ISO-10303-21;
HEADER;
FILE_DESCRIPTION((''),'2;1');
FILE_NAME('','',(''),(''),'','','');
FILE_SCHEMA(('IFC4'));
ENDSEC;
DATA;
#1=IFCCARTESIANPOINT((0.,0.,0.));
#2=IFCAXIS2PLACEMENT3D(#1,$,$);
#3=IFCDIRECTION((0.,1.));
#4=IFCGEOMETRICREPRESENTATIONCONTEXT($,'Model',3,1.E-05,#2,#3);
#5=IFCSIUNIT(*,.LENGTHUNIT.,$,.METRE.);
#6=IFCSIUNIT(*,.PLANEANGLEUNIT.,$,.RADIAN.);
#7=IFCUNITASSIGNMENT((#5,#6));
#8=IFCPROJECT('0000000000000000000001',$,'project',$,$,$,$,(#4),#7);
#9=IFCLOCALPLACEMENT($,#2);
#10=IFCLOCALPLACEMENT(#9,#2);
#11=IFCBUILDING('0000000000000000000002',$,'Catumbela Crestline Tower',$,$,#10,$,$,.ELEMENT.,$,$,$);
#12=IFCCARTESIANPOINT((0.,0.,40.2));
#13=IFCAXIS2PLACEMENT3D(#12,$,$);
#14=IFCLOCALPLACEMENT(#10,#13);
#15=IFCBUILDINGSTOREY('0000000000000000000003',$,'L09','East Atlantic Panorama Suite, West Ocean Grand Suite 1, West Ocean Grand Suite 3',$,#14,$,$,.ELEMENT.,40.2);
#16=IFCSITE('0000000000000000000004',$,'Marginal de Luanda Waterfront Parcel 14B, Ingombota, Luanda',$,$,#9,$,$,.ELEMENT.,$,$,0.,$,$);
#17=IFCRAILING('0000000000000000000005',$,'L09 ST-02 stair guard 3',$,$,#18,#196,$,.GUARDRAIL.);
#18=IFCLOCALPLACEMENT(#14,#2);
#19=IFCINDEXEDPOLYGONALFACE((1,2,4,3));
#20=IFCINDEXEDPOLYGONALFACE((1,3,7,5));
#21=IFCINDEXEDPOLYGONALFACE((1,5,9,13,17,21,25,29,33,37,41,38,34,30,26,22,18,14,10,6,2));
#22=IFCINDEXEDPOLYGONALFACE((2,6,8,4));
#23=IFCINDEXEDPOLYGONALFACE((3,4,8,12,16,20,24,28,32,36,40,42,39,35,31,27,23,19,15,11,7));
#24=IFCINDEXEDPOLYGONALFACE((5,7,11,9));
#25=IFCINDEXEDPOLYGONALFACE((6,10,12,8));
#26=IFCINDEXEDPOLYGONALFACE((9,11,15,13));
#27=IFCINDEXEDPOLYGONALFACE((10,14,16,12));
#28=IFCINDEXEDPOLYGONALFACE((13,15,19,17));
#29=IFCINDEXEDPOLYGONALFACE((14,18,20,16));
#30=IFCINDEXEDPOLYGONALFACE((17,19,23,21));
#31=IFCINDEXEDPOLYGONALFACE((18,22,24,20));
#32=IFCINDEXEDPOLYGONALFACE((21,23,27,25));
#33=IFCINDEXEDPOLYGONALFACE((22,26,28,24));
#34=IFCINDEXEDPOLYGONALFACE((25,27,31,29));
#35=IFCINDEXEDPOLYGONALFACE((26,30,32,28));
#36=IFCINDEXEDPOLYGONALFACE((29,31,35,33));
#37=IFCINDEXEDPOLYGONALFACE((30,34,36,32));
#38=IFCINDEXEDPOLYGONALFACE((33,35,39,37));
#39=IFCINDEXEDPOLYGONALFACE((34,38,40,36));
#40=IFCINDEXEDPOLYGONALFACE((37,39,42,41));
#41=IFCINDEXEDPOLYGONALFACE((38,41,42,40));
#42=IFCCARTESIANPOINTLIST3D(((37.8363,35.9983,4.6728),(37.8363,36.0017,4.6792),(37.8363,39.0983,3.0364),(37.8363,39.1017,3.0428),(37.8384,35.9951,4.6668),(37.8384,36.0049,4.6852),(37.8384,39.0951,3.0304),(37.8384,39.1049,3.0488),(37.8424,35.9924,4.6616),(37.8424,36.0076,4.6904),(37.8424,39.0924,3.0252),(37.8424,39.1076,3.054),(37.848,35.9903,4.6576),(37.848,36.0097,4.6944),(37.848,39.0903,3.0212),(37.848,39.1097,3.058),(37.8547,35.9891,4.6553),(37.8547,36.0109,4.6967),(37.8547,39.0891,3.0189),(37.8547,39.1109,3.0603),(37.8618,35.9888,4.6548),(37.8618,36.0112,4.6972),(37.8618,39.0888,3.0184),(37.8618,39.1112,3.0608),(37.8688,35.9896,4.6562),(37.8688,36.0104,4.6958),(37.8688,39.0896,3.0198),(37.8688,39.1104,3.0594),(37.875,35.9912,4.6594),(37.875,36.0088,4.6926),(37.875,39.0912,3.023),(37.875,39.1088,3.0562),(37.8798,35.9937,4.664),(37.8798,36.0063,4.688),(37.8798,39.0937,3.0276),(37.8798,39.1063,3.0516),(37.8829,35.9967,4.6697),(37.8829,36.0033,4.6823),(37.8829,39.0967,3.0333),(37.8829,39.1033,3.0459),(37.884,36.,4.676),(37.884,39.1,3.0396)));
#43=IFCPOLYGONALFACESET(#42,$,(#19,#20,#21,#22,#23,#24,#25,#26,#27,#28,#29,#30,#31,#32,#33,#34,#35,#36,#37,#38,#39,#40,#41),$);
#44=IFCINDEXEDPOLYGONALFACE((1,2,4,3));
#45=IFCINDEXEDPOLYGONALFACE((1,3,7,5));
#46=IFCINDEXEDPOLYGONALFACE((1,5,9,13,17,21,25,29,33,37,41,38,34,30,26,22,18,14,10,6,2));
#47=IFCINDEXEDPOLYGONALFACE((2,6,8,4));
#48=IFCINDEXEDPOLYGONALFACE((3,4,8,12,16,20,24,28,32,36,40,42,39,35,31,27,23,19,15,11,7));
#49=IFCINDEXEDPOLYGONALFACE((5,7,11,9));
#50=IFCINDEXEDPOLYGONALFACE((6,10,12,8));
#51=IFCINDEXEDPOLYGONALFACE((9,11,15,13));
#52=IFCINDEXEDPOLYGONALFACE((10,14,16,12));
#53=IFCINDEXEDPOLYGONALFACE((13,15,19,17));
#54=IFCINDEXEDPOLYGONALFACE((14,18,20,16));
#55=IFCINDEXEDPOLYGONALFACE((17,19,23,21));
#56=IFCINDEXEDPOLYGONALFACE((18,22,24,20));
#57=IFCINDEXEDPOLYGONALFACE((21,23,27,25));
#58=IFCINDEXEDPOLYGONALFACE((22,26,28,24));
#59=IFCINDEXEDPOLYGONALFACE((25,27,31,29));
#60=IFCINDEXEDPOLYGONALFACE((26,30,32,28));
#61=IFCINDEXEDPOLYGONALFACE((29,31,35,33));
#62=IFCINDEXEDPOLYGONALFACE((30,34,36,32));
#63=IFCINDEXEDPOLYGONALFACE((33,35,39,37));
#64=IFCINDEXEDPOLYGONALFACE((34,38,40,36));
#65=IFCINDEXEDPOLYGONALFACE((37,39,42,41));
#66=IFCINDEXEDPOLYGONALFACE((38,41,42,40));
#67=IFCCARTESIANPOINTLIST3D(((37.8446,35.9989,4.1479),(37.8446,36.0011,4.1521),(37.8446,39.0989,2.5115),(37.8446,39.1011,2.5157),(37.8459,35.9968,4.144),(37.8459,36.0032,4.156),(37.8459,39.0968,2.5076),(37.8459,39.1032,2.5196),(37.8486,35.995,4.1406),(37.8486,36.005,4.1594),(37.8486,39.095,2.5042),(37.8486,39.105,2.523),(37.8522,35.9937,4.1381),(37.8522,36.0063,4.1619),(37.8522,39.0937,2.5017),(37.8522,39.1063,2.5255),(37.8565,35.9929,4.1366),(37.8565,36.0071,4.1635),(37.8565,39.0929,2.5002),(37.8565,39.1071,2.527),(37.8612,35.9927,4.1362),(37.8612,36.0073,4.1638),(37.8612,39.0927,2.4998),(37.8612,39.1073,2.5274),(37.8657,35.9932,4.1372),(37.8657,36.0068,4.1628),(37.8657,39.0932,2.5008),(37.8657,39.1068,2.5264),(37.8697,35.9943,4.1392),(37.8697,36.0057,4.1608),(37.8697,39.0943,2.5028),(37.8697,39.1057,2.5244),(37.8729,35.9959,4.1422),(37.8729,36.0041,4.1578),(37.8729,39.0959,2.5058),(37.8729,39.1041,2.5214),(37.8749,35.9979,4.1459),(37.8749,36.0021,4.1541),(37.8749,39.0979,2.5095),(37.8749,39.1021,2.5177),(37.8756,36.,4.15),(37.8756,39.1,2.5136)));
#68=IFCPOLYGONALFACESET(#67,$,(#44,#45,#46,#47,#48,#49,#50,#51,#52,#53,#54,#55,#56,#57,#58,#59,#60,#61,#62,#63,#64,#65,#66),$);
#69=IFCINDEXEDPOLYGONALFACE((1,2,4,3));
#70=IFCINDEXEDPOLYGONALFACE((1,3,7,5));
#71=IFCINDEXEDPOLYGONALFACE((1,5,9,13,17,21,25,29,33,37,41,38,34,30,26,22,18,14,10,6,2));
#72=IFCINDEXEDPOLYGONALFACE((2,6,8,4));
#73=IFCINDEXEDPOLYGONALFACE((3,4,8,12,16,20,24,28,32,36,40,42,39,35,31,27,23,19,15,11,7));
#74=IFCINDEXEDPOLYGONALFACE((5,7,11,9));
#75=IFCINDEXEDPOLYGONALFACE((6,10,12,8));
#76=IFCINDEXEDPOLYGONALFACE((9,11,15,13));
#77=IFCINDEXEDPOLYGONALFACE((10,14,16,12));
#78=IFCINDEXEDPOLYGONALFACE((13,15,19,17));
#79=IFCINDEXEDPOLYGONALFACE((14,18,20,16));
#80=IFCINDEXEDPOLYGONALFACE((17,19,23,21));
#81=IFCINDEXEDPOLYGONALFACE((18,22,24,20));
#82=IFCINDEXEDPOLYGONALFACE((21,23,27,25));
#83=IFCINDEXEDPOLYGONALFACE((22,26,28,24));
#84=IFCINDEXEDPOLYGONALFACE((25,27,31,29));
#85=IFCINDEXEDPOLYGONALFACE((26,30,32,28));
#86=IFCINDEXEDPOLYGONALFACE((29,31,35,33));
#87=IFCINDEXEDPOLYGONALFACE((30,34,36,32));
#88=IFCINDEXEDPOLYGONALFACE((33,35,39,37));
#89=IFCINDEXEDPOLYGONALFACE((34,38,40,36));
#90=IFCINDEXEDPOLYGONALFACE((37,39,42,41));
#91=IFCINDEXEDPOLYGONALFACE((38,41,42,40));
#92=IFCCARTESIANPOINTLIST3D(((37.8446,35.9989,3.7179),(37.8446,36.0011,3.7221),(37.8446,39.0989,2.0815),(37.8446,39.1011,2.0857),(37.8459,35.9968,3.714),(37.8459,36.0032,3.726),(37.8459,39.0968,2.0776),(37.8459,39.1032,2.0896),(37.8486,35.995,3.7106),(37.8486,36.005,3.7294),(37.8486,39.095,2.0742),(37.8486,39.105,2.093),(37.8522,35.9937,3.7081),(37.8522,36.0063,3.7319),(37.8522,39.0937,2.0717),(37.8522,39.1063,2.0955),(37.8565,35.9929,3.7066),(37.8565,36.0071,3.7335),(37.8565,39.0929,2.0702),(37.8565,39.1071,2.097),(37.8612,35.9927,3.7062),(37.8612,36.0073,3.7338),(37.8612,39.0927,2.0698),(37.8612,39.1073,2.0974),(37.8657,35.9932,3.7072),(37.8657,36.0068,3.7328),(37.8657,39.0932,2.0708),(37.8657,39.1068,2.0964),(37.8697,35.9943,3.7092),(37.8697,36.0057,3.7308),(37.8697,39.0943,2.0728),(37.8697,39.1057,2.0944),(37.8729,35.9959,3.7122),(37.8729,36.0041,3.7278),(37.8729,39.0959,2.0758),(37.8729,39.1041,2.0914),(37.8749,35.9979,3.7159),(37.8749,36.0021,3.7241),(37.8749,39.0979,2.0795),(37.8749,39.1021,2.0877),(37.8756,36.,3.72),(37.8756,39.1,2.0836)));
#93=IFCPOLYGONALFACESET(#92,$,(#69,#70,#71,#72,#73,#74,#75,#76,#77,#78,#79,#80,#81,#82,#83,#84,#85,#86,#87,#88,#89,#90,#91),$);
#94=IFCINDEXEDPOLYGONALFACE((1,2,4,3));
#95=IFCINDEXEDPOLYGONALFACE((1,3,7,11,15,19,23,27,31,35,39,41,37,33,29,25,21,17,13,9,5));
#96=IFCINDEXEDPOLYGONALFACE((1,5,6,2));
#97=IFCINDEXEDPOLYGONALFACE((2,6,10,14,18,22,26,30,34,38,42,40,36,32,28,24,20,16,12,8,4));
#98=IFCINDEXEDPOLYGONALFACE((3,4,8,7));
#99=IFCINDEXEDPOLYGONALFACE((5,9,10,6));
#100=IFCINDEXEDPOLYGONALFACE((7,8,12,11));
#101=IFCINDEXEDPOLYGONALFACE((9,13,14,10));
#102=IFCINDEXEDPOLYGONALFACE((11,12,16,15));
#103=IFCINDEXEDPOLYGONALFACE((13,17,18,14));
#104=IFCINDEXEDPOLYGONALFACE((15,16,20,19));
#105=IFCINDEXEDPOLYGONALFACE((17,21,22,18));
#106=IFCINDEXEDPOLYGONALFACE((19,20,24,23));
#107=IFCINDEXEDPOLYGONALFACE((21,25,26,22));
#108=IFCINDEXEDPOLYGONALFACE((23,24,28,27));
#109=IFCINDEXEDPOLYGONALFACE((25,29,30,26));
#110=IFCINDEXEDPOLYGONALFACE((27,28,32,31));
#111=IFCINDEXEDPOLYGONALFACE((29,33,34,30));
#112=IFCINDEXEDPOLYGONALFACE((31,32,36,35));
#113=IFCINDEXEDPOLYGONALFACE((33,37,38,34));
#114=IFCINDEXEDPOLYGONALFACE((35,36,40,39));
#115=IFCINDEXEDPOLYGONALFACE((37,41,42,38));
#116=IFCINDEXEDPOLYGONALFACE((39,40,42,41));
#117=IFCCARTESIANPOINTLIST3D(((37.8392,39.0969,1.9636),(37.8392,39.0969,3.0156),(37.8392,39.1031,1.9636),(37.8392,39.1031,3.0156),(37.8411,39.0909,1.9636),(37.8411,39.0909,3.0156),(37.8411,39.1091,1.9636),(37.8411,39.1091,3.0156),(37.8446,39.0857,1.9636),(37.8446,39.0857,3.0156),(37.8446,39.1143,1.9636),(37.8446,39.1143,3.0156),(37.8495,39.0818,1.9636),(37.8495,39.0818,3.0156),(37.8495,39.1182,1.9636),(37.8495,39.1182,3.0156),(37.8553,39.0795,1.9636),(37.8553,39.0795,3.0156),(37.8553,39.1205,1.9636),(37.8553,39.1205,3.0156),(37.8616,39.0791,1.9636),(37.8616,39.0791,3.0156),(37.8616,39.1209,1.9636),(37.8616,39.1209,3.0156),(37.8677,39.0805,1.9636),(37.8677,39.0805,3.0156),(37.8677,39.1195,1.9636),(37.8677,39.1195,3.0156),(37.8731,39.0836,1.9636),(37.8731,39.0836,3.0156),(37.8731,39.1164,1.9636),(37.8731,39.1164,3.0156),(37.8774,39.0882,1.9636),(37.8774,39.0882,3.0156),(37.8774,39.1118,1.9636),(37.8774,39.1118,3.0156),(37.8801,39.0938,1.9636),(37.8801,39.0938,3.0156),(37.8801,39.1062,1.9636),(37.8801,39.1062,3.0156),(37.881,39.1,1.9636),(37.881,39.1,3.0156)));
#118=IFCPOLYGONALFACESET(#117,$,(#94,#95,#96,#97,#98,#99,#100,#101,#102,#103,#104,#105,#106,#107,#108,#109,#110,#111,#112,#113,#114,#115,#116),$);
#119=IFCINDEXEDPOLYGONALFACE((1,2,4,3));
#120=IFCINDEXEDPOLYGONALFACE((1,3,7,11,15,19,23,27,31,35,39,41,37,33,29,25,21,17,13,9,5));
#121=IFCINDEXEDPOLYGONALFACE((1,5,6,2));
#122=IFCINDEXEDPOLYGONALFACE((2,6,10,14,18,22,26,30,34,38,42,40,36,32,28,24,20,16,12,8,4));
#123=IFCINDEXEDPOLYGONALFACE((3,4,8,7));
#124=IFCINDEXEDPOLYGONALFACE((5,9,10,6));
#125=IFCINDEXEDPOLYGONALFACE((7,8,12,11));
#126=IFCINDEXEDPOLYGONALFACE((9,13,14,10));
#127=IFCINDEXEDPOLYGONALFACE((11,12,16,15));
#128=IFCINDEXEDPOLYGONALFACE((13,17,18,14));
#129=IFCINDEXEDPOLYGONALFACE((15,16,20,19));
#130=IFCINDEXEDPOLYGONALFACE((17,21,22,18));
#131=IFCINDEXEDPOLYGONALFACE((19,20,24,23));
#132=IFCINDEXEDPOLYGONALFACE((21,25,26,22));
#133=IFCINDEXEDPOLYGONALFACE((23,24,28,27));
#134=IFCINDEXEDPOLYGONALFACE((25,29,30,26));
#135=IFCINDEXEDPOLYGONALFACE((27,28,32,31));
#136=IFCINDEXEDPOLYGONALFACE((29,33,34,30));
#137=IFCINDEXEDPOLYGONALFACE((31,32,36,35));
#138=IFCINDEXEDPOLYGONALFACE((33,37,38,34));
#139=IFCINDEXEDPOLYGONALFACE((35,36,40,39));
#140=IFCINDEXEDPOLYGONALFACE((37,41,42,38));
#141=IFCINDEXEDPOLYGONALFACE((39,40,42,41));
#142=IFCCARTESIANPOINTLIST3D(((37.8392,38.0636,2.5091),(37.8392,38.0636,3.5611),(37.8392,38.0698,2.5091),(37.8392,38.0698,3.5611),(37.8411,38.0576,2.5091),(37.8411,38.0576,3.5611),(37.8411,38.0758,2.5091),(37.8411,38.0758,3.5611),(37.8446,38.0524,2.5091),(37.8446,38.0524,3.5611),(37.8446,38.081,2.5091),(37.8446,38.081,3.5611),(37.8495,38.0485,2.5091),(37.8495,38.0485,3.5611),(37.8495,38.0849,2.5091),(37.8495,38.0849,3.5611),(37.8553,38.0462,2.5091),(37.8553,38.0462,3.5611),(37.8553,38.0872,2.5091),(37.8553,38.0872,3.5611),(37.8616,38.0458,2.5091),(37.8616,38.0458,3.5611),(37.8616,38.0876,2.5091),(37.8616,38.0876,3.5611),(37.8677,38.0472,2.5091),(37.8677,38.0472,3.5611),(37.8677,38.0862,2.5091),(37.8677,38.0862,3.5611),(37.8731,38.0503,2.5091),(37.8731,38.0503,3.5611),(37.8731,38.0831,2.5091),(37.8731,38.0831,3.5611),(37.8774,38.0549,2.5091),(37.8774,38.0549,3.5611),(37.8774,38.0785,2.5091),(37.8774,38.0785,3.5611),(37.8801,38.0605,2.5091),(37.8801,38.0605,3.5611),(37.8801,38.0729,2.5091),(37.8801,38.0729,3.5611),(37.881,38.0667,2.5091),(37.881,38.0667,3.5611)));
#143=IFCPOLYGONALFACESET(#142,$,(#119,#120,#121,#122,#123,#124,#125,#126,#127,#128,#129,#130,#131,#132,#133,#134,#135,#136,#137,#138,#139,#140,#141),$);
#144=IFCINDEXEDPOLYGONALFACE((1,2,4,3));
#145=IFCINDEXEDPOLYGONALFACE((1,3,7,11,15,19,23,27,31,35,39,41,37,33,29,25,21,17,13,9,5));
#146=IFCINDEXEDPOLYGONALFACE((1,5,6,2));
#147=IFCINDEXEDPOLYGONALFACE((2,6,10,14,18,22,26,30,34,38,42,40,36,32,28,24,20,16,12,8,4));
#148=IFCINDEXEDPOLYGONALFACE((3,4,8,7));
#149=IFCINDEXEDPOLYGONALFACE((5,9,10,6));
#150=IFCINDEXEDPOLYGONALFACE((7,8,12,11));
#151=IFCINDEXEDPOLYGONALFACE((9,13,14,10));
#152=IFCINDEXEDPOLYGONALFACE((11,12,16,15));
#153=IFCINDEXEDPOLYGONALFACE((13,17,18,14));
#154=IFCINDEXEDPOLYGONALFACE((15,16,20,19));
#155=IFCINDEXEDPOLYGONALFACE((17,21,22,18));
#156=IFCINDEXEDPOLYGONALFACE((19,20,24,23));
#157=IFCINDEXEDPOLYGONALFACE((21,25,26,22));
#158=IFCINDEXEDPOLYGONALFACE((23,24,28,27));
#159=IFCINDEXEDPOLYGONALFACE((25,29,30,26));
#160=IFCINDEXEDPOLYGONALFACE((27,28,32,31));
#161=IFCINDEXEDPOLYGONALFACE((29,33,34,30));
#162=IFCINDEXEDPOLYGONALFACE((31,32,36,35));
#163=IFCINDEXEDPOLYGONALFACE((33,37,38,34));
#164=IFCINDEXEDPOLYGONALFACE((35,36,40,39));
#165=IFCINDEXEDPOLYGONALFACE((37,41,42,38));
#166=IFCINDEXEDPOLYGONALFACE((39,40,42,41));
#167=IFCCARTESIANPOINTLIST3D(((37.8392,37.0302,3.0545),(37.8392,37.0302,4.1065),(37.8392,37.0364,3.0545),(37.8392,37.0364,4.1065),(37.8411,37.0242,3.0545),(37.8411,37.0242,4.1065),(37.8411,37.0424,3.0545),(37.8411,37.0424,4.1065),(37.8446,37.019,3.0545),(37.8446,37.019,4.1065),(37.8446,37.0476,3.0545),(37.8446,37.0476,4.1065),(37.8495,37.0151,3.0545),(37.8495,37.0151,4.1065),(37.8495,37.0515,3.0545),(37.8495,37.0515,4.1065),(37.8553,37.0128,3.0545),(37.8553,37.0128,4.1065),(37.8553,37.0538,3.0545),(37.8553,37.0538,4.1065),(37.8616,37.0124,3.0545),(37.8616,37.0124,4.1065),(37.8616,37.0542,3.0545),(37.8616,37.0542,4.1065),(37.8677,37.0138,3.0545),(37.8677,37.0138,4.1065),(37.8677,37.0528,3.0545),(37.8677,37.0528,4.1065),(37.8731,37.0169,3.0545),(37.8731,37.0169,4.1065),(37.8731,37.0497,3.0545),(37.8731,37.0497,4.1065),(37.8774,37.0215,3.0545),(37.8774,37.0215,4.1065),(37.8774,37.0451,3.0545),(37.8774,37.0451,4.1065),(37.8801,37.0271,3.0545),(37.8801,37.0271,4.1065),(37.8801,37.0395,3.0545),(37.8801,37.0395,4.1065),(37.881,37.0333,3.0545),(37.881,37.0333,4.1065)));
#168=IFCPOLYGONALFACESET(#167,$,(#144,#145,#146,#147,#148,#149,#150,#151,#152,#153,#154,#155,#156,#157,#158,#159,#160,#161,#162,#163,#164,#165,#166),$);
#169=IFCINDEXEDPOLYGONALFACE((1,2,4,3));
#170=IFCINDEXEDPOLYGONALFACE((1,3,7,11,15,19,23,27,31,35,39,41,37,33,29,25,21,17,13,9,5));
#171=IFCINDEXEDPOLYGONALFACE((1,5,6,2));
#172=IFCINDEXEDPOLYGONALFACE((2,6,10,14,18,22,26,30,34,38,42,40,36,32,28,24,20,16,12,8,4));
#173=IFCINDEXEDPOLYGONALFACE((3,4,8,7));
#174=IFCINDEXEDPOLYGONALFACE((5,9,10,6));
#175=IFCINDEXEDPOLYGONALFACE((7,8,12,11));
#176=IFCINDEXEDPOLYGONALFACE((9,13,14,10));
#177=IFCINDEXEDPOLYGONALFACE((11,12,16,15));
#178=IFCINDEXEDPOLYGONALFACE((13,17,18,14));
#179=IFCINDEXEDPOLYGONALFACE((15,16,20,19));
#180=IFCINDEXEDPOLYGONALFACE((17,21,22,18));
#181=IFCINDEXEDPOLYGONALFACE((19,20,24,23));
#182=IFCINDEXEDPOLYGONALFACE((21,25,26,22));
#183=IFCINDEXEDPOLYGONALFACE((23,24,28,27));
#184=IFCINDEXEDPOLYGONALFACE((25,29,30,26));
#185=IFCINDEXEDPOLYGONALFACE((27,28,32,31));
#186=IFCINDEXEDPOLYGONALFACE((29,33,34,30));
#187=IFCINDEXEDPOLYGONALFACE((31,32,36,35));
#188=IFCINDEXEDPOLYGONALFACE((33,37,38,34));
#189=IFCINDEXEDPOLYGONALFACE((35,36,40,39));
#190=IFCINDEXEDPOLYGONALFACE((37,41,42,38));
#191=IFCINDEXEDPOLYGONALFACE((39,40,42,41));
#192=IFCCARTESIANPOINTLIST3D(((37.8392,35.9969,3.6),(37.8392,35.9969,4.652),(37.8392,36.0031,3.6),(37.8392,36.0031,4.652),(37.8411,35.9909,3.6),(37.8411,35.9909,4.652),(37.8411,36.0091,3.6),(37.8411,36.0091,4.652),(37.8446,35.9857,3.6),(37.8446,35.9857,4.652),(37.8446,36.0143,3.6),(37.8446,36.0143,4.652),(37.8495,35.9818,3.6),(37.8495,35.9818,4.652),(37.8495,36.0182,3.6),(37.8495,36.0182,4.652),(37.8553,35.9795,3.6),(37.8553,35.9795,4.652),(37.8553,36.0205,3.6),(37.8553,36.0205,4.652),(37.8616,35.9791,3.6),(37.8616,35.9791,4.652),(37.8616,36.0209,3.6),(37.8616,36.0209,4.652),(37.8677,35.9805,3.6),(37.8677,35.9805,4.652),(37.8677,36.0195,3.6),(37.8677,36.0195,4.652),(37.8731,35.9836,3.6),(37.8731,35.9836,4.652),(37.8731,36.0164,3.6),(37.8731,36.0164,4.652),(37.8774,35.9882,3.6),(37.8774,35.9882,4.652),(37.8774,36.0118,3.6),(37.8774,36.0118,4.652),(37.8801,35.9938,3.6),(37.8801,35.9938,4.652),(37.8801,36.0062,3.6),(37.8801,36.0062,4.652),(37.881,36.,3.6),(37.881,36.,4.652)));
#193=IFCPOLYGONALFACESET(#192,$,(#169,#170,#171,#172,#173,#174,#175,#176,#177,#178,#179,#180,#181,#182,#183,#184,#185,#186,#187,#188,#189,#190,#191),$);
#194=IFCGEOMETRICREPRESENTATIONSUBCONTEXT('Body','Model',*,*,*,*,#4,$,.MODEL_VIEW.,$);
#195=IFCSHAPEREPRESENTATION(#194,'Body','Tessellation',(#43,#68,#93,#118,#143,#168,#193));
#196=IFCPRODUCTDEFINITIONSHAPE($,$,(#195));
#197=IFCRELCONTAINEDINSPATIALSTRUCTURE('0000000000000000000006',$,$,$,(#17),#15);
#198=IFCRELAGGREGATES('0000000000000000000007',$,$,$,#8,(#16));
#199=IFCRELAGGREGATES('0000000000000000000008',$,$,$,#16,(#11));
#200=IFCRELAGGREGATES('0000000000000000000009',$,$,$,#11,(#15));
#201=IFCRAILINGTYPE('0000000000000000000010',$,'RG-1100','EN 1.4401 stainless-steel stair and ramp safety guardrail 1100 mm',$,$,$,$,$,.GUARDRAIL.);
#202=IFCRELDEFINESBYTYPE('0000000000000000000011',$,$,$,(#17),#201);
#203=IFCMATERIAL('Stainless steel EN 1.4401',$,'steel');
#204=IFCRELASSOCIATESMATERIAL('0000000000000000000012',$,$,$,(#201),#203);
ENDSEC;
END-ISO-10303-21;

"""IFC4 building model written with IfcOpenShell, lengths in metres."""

from ifc_helpers import new_model, si_unit, direction, frame, origin, origin_2d, place, context, subcontext, project, spatial, circle, extrude, material, type_object, element, save


model = new_model("IFC4")

# Units and contexts
model_context = context("Model", 3, precision=1e-05, world=origin(), true_north=direction((0.0, 1.0)))
body_context = subcontext(model_context, "Body", "Model", "MODEL_VIEW")
ifc_project = project(units=[si_unit("LENGTHUNIT", "METRE"), si_unit("PLANEANGLEUNIT", "RADIAN")], contexts=[model_context])

# Site, building, storey
site_placement = place(None, origin())
site = spatial("IfcSite", under=ifc_project, at=site_placement, Name="Marginal de Luanda Waterfront Parcel 14B, Ingombota, Luanda", CompositionType="ELEMENT", RefElevation=0.0)
building_placement = place(site_placement, origin())
building = spatial("IfcBuilding", under=site, at=building_placement, Name="Catumbela Crestline Tower", CompositionType="ELEMENT")
storey_placement = place(building_placement, frame((0.0, 0.0, 40.2)))
storey = spatial("IfcBuildingStorey", under=building, at=storey_placement, Name="L09", Description="East Atlantic Panorama Suite, West Ocean Grand Suite 1, West Ocean Grand Suite 3", CompositionType="ELEMENT", Elevation=40.2)

# Shared definitions
ifc_material_1 = material(Name="Stainless steel EN 1.4401", Category="steel")

# Railing
railing_type_1 = type_object("IfcRailingType", Name="RG-1100", Description="EN 1.4401 stainless-steel stair and ramp safety guardrail 1100 mm", PredefinedType="GUARDRAIL", material=ifc_material_1)
railing_1_placement = place(storey_placement, frame((37.86, 39.1, 1.9636)))
element("IfcRailing", 1, at=railing_1_placement, inside=storey, type_object=railing_type_1, Name="L09 ST-02 stair guard 3", PredefinedType="GUARDRAIL", context=body_context, shape_type="SweptSolid", body=[
    extrude(circle(Radius=0.024, at=origin_2d()), frame((0.0, 0.0, 1.076), z_axis=(0.0, -0.884351, 0.466823), x_axis=(1.0, 0.0, 0.0)), (0.0, 0.0, 1.0), 3.5054),
    extrude(circle(Radius=0.0156, at=origin_2d()), frame((0.0, 0.0, 0.55), z_axis=(0.0, -0.884351, 0.466823), x_axis=(1.0, 0.0, 0.0)), (0.0, 0.0, 1.0), 3.5054),
    extrude(circle(Radius=0.0156, at=origin_2d()), frame((0.0, 0.0, 0.12), z_axis=(0.0, -0.884351, 0.466823), x_axis=(1.0, 0.0, 0.0)), (0.0, 0.0, 1.0), 3.5054),
    extrude(circle(Radius=0.021, at=origin_2d()), origin(), (0.0, 0.0, 1.0), 1.052),
    extrude(circle(Radius=0.021, at=origin_2d()), frame((0.0, -1.0333, 0.5455)), (0.0, 0.0, 1.0), 1.052),
    extrude(circle(Radius=0.021, at=origin_2d()), frame((0.0, -2.0667, 1.0909)), (0.0, 0.0, 1.0), 1.052),
    extrude(circle(Radius=0.021, at=origin_2d()), frame((0.0, -3.1, 1.6364)), (0.0, 0.0, 1.0), 1.052),
])

save(model, "model.ifc")
